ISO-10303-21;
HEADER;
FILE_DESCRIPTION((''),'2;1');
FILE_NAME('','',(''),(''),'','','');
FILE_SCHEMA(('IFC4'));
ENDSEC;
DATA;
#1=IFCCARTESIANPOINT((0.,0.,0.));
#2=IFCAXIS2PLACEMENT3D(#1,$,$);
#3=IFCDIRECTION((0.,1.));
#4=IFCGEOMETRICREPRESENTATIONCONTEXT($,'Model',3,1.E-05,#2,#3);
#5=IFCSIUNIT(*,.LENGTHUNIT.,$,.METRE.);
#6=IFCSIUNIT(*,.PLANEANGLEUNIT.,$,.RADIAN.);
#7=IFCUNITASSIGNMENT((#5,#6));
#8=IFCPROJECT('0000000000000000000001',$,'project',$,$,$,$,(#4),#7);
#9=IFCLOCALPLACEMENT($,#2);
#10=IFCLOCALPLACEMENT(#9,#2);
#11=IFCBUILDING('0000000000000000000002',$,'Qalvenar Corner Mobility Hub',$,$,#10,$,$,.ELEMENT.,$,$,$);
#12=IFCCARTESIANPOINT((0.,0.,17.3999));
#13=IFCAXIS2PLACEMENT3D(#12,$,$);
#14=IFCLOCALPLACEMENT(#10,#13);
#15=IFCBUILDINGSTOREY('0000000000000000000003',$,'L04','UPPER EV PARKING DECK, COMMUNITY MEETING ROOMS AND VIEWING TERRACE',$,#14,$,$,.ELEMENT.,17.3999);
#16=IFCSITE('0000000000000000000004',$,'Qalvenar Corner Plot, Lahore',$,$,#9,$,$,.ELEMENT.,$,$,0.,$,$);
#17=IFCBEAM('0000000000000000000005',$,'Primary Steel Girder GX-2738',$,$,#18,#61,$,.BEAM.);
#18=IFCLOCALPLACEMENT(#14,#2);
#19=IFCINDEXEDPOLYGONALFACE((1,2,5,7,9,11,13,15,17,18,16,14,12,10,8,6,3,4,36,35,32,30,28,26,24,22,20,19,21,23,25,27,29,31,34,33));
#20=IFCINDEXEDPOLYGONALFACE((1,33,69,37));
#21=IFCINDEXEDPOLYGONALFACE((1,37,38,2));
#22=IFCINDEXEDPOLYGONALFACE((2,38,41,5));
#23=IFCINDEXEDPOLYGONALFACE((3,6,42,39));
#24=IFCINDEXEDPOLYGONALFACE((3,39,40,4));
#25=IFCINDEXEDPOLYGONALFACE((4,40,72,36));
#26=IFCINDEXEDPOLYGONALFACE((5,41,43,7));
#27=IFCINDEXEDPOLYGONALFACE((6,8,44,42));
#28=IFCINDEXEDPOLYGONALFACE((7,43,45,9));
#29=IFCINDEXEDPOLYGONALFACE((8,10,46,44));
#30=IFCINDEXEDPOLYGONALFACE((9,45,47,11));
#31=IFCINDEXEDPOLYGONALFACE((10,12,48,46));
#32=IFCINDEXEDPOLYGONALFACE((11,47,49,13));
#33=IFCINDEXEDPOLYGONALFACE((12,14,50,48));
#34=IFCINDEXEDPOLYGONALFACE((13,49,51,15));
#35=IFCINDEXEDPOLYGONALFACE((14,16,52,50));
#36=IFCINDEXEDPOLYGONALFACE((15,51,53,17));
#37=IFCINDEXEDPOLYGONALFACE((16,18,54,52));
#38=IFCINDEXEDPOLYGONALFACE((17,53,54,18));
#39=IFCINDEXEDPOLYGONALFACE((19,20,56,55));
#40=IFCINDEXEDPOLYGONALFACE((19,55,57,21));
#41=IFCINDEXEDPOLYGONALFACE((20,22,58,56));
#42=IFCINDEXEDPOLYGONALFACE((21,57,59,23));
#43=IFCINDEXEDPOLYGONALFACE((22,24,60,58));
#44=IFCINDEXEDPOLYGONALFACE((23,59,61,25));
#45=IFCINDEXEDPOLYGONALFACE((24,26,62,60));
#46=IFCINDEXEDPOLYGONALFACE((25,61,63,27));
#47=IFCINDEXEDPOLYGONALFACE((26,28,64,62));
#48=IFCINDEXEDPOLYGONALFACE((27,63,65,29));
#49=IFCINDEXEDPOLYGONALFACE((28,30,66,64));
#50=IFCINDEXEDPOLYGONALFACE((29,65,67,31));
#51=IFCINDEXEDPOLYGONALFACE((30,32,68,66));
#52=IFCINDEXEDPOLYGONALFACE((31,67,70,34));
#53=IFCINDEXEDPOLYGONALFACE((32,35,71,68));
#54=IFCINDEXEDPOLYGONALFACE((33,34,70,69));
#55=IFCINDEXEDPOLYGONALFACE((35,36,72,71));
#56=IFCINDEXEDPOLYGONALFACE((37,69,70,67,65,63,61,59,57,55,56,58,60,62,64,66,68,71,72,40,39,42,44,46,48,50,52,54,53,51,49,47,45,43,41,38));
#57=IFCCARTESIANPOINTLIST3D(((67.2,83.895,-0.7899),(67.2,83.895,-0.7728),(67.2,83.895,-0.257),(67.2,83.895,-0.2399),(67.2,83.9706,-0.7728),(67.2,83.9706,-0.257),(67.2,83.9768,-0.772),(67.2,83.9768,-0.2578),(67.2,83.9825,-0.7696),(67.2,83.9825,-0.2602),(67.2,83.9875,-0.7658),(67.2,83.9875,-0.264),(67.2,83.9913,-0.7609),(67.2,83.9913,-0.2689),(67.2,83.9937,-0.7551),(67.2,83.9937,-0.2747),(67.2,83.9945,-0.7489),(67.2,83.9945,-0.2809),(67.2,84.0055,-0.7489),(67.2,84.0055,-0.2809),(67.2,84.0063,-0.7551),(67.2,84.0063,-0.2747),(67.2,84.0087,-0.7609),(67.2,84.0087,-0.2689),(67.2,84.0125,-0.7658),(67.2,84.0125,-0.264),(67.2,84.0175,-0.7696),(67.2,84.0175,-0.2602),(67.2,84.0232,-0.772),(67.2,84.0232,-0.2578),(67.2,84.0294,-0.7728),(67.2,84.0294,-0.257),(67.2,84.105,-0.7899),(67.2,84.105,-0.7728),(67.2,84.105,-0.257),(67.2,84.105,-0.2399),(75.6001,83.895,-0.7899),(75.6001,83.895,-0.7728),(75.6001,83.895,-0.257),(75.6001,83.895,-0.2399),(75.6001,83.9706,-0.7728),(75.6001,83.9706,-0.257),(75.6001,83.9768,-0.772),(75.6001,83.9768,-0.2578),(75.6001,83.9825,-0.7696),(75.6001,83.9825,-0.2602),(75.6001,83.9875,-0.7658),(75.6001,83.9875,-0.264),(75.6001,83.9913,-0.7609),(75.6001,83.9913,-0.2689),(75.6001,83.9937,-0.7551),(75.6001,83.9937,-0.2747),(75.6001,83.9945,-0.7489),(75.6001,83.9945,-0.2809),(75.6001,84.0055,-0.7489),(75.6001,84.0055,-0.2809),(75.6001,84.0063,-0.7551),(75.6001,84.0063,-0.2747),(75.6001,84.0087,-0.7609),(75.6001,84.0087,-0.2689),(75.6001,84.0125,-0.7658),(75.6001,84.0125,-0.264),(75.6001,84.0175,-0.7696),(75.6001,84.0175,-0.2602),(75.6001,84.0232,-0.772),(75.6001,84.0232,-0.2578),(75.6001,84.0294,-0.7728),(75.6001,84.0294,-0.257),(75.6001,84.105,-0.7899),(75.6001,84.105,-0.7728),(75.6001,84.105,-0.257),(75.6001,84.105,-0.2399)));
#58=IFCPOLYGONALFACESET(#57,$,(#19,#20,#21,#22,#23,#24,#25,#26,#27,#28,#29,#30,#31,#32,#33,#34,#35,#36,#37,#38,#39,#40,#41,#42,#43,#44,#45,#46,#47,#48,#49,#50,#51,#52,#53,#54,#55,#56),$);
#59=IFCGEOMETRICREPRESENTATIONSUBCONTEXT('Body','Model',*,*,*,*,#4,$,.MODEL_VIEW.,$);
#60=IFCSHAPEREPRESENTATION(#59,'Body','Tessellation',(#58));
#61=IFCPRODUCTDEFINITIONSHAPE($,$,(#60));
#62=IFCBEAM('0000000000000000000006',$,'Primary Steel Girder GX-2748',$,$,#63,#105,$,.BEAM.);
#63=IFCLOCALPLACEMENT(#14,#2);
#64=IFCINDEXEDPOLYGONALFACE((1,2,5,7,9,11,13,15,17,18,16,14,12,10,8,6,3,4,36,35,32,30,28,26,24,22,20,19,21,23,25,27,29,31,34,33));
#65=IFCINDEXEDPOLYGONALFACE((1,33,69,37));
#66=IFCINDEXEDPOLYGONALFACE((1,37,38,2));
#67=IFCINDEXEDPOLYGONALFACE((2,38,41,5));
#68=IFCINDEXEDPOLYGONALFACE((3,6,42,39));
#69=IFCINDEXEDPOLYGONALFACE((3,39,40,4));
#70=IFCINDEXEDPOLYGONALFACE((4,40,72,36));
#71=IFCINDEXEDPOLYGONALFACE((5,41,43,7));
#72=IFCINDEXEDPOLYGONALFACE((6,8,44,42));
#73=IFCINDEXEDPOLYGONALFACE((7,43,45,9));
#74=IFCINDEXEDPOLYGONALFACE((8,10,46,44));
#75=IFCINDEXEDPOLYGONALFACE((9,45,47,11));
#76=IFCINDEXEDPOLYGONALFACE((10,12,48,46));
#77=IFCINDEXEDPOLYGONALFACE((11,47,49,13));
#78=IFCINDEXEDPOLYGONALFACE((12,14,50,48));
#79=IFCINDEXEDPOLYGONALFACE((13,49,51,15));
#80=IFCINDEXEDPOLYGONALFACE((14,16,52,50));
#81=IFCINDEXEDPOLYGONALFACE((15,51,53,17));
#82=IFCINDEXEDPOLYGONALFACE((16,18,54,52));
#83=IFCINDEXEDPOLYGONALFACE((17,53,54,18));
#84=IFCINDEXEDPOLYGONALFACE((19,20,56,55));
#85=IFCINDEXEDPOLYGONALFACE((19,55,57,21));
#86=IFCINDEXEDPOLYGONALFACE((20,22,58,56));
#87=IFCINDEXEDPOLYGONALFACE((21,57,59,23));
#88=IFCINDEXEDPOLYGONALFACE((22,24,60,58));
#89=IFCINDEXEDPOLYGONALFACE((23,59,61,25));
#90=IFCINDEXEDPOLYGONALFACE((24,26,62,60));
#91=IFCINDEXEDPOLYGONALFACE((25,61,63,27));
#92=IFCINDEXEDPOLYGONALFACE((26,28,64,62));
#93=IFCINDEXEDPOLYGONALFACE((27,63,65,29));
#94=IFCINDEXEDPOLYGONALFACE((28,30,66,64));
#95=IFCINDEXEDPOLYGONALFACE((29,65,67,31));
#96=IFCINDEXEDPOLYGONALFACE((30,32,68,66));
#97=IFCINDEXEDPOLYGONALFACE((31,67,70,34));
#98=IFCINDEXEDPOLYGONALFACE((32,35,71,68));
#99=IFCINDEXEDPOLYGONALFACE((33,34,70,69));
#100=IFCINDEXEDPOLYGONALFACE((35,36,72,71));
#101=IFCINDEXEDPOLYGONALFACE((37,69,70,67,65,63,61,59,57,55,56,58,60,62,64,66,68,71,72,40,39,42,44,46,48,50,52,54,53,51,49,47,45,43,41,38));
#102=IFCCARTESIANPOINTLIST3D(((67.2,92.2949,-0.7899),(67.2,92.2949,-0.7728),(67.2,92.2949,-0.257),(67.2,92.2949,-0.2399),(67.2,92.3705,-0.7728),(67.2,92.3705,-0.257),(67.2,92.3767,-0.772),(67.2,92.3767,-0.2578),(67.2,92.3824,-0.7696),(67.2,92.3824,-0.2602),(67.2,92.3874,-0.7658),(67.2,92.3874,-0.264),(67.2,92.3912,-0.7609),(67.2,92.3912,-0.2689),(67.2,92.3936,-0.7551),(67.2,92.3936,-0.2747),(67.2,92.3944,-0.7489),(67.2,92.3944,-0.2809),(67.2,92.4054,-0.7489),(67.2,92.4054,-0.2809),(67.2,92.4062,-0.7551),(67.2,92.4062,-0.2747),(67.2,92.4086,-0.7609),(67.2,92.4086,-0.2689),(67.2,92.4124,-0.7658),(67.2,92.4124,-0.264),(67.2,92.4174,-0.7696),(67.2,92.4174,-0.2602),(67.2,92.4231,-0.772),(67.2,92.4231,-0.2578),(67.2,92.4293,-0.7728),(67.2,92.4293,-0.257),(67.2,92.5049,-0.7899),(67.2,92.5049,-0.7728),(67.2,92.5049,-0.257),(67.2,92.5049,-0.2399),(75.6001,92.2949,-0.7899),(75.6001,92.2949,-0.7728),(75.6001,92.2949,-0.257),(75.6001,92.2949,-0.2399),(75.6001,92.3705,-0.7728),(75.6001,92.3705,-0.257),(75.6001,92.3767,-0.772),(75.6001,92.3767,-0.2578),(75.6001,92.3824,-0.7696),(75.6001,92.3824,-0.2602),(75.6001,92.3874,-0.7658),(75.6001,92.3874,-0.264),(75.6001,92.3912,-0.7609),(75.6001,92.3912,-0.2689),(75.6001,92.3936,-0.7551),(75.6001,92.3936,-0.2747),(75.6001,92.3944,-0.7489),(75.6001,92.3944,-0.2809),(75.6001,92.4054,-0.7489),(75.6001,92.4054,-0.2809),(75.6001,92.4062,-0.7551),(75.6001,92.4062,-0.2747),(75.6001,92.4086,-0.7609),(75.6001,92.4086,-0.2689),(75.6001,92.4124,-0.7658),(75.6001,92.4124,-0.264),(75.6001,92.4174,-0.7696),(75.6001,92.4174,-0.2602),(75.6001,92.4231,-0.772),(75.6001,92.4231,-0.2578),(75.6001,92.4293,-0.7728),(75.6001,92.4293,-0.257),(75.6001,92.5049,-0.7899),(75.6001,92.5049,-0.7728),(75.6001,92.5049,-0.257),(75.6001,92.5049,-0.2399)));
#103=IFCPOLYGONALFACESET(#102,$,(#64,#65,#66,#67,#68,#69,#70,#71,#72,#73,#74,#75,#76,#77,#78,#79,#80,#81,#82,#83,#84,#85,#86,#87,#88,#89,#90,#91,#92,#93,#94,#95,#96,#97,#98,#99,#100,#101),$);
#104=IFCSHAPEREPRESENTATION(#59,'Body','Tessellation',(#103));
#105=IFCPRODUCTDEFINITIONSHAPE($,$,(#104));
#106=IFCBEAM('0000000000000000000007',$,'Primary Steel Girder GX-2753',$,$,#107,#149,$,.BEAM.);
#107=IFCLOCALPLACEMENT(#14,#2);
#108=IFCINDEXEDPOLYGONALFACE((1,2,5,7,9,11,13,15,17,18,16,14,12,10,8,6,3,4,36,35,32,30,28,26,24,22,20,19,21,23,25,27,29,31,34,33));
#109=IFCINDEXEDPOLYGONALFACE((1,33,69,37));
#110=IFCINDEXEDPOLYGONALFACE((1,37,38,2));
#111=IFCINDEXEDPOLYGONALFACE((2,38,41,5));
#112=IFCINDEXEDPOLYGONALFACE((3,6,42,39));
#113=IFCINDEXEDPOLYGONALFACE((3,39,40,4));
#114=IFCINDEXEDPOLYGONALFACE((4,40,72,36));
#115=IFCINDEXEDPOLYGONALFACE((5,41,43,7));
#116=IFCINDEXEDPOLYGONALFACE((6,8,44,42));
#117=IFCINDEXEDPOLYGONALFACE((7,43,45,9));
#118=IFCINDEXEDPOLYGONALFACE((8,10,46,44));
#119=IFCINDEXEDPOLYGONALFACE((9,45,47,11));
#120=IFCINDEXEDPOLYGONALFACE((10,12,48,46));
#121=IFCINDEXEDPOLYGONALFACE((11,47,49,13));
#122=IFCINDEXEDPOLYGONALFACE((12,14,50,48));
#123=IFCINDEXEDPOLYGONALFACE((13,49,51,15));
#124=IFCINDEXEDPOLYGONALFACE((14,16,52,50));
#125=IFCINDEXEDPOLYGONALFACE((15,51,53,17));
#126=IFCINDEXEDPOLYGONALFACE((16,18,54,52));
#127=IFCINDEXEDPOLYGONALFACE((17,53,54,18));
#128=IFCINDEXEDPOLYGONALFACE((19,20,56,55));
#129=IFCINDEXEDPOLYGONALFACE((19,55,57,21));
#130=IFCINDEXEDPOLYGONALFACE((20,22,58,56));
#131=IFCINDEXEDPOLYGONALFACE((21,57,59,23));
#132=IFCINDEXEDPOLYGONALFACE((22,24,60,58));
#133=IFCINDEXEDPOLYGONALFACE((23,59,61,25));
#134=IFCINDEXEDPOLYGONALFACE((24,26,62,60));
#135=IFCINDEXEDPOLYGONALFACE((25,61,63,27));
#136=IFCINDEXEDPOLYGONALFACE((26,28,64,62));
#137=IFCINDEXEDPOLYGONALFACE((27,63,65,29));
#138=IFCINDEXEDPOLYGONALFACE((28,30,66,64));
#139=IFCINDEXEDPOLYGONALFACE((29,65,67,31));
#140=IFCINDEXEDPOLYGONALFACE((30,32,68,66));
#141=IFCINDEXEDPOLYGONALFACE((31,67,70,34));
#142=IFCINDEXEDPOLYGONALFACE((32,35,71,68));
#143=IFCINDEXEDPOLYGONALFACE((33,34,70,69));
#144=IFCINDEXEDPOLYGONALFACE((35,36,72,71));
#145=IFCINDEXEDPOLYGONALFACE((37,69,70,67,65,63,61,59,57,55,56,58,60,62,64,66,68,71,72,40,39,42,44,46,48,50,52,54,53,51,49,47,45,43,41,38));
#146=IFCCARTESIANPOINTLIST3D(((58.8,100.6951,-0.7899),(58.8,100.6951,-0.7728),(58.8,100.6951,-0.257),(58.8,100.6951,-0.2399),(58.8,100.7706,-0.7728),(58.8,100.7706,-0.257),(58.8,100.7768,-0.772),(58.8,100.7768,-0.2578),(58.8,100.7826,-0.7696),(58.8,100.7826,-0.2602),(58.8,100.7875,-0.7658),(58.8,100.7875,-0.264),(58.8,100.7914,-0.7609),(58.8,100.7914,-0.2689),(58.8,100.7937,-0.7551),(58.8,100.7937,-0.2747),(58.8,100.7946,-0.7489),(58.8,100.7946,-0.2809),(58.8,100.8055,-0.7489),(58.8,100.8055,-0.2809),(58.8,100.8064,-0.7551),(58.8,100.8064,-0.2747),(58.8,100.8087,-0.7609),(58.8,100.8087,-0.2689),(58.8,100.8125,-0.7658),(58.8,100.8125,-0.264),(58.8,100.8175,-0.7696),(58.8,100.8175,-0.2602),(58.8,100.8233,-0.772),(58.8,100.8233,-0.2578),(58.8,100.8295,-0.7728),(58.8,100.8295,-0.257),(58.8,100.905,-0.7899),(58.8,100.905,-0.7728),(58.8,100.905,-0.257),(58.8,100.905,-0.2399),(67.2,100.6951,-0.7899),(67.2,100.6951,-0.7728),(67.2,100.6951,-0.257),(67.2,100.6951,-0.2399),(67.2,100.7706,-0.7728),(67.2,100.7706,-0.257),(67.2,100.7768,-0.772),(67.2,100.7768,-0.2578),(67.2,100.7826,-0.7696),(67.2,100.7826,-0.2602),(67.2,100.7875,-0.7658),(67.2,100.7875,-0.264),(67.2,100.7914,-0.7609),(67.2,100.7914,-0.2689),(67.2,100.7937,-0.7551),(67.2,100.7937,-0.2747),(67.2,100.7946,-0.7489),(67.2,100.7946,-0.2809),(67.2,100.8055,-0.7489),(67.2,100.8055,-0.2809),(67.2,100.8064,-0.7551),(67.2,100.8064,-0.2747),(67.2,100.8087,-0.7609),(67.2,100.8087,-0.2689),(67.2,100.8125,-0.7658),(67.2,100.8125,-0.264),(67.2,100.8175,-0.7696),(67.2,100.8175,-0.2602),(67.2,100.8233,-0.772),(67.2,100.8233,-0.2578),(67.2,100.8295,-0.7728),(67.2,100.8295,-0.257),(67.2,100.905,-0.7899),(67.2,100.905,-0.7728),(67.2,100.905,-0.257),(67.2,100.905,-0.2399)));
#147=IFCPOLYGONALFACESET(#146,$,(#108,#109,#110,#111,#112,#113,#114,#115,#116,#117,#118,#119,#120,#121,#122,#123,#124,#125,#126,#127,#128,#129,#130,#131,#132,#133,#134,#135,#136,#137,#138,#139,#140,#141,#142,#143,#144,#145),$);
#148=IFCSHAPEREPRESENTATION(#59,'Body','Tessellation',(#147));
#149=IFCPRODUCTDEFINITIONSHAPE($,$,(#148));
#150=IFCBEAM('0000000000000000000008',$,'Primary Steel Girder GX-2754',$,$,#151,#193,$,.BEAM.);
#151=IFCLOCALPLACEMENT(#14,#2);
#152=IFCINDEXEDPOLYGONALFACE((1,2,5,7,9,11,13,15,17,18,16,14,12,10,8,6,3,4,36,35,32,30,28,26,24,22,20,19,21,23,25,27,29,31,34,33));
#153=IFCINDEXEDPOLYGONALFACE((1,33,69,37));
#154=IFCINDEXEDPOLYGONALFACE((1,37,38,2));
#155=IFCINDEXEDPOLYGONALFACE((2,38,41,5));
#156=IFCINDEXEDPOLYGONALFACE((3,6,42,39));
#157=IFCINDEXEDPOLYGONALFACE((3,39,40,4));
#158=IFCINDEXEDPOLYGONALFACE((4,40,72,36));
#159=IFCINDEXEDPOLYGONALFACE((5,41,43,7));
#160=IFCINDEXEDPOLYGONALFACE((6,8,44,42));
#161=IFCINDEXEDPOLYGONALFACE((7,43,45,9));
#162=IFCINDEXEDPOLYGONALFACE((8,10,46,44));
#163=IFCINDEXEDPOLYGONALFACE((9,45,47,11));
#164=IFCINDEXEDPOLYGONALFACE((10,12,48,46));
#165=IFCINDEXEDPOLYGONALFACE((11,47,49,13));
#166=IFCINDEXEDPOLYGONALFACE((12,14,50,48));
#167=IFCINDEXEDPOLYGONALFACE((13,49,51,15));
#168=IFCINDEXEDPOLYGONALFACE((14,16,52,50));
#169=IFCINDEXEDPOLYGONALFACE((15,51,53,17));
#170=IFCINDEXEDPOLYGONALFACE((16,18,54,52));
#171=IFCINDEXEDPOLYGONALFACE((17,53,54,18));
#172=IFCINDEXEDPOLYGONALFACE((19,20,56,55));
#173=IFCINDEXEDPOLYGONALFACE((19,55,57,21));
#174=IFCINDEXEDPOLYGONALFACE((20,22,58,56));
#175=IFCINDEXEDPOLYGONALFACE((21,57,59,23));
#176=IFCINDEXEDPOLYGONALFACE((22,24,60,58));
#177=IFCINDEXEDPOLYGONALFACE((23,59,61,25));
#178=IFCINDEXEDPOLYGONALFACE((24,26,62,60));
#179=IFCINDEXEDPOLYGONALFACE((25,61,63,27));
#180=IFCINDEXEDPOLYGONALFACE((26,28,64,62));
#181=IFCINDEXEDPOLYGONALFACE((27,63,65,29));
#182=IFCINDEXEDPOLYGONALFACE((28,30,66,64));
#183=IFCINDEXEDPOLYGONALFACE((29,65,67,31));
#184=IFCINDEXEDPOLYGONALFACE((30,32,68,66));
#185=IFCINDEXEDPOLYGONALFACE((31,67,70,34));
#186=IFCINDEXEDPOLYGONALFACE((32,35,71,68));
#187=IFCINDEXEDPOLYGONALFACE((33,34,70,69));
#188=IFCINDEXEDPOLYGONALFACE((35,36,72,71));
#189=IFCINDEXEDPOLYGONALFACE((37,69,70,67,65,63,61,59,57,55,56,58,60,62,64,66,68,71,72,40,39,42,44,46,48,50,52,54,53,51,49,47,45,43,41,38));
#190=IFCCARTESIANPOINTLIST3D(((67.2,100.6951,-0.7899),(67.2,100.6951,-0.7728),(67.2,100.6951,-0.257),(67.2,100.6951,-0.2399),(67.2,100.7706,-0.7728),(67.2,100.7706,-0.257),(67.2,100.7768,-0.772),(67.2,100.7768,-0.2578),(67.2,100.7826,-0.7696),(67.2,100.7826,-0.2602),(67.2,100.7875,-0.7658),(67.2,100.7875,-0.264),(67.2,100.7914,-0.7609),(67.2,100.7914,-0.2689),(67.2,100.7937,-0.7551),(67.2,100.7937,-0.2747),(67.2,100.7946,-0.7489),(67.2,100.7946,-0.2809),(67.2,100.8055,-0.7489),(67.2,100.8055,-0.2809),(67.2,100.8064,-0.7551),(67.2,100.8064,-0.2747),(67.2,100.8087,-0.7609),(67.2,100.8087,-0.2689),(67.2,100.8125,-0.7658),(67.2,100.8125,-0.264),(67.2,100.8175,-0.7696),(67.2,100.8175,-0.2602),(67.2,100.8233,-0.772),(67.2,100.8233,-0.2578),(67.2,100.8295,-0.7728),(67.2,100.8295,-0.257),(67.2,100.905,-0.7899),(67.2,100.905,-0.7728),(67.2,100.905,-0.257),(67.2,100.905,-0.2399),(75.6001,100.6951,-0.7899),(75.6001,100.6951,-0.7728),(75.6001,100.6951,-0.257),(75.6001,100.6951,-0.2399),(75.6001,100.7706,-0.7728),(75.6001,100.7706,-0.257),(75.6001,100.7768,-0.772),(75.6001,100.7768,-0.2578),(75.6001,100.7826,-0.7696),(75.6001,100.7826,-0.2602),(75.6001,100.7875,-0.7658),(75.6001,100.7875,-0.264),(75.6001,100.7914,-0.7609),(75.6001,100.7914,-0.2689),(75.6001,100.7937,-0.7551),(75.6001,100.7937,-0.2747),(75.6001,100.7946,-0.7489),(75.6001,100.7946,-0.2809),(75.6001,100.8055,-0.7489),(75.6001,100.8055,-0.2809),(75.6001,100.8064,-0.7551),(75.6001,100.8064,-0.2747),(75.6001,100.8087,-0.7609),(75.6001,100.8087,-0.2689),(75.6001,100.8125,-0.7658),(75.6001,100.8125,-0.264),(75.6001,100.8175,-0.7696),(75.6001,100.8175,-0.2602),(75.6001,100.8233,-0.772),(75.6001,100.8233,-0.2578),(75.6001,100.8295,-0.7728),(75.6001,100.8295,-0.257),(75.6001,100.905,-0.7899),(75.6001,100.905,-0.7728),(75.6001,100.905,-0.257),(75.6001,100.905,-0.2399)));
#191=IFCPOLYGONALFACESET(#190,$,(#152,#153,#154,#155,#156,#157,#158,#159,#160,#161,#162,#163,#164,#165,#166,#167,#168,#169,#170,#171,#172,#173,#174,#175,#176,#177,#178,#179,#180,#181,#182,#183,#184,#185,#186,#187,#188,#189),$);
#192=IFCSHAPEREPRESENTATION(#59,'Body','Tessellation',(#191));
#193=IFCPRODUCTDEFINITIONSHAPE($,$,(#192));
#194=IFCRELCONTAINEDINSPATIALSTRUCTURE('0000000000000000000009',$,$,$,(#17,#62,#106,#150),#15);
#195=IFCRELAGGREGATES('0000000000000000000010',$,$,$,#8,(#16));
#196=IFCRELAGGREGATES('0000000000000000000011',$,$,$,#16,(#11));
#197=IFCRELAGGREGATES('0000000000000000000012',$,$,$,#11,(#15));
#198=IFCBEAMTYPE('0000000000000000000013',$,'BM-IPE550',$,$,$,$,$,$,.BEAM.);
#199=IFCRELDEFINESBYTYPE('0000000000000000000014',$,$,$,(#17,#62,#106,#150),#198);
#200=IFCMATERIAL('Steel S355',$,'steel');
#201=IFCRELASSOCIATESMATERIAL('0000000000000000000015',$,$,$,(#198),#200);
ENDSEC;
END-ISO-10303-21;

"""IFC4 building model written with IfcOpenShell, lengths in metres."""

from ifc_helpers import new_model, si_unit, direction, frame, origin, origin_2d, place, context, subcontext, project, spatial, i_section, extrude, material, material_profile, profile_set, type_object, element, save


model = new_model("IFC4")

# Units and contexts
model_context = context("Model", 3, precision=1e-05, world=origin(), true_north=direction((0.0, 1.0)))
body_context = subcontext(model_context, "Body", "Model", "MODEL_VIEW")
ifc_project = project(units=[si_unit("LENGTHUNIT", "METRE"), si_unit("PLANEANGLEUNIT", "RADIAN")], contexts=[model_context])

# Site, building, storey
site_placement = place(None, origin())
site = spatial("IfcSite", under=ifc_project, at=site_placement, Name="Qalvenar Corner Plot, Lahore", CompositionType="ELEMENT", RefElevation=0.0)
building_placement = place(site_placement, origin())
building = spatial("IfcBuilding", under=site, at=building_placement, Name="Qalvenar Corner Mobility Hub", CompositionType="ELEMENT")
storey_placement = place(building_placement, frame((0.0, 0.0, 17.3999)))
storey = spatial("IfcBuildingStorey", under=building, at=storey_placement, Name="L04", Description="UPPER EV PARKING DECK, COMMUNITY MEETING ROOMS AND VIEWING TERRACE", CompositionType="ELEMENT", Elevation=17.3999)

# Shared definitions
ifc_material_1 = material(Name="Steel S355", Category="steel")

# Beams
ifc_material_profile_1 = material_profile(ifc_material_1, i_section(OverallWidth=0.21, OverallDepth=0.55, WebThickness=0.011, FlangeThickness=0.0171, FilletRadius=0.0239, at=origin_2d()), Name="IPE550")
ifc_profile_set_1 = profile_set([ifc_material_profile_1], Name="Steel S355")
beam_type_1 = type_object("IfcBeamType", Name="BM-IPE550", PredefinedType="BEAM", material=ifc_profile_set_1)
for number, where, z_axis, x_axis, name in (
    (1, (67.2, 84.0, -0.5149), (1.0, 0.0, 0.0), (0.0, 1.0, 0.0), "Primary Steel Girder GX-2738"),
    (2, (67.2, 92.3999, -0.5149), (1.0, 0.0, 0.0), (0.0, 1.0, 0.0), "Primary Steel Girder GX-2748"),
):
    element("IfcBeam", number, at=place(storey_placement, frame(where, z_axis=z_axis, x_axis=x_axis)), inside=storey, type_object=beam_type_1, Name=name, PredefinedType="BEAM", context=body_context, shape_type="SweptSolid", body=[
        extrude(i_section(OverallWidth=0.21, OverallDepth=0.55, WebThickness=0.011, FlangeThickness=0.0171, FilletRadius=0.0239, at=origin_2d()), origin(), (0.0, 0.0, 1.0), 8.4001),
    ])
beam_1_placement = place(storey_placement, frame((58.8, 100.8, -0.5149), z_axis=(1.0, 0.0, 0.0), x_axis=(0.0, 1.0, 0.0)))
element("IfcBeam", 3, at=beam_1_placement, inside=storey, type_object=beam_type_1, Name="Primary Steel Girder GX-2753", PredefinedType="BEAM", context=body_context, shape_type="SweptSolid", body=[
    extrude(i_section(OverallWidth=0.21, OverallDepth=0.55, WebThickness=0.011, FlangeThickness=0.0171, FilletRadius=0.0239, at=origin_2d()), origin(), (0.0, 0.0, 1.0), 8.3999),
])
beam_2_placement = place(storey_placement, frame((67.2, 100.8, -0.5149), z_axis=(1.0, 0.0, 0.0), x_axis=(0.0, 1.0, 0.0)))
element("IfcBeam", 4, at=beam_2_placement, inside=storey, type_object=beam_type_1, Name="Primary Steel Girder GX-2754", PredefinedType="BEAM", context=body_context, shape_type="SweptSolid", body=[
    extrude(i_section(OverallWidth=0.21, OverallDepth=0.55, WebThickness=0.011, FlangeThickness=0.0171, FilletRadius=0.0239, at=origin_2d()), origin(), (0.0, 0.0, 1.0), 8.4001),
])

save(model, "model.ifc")
